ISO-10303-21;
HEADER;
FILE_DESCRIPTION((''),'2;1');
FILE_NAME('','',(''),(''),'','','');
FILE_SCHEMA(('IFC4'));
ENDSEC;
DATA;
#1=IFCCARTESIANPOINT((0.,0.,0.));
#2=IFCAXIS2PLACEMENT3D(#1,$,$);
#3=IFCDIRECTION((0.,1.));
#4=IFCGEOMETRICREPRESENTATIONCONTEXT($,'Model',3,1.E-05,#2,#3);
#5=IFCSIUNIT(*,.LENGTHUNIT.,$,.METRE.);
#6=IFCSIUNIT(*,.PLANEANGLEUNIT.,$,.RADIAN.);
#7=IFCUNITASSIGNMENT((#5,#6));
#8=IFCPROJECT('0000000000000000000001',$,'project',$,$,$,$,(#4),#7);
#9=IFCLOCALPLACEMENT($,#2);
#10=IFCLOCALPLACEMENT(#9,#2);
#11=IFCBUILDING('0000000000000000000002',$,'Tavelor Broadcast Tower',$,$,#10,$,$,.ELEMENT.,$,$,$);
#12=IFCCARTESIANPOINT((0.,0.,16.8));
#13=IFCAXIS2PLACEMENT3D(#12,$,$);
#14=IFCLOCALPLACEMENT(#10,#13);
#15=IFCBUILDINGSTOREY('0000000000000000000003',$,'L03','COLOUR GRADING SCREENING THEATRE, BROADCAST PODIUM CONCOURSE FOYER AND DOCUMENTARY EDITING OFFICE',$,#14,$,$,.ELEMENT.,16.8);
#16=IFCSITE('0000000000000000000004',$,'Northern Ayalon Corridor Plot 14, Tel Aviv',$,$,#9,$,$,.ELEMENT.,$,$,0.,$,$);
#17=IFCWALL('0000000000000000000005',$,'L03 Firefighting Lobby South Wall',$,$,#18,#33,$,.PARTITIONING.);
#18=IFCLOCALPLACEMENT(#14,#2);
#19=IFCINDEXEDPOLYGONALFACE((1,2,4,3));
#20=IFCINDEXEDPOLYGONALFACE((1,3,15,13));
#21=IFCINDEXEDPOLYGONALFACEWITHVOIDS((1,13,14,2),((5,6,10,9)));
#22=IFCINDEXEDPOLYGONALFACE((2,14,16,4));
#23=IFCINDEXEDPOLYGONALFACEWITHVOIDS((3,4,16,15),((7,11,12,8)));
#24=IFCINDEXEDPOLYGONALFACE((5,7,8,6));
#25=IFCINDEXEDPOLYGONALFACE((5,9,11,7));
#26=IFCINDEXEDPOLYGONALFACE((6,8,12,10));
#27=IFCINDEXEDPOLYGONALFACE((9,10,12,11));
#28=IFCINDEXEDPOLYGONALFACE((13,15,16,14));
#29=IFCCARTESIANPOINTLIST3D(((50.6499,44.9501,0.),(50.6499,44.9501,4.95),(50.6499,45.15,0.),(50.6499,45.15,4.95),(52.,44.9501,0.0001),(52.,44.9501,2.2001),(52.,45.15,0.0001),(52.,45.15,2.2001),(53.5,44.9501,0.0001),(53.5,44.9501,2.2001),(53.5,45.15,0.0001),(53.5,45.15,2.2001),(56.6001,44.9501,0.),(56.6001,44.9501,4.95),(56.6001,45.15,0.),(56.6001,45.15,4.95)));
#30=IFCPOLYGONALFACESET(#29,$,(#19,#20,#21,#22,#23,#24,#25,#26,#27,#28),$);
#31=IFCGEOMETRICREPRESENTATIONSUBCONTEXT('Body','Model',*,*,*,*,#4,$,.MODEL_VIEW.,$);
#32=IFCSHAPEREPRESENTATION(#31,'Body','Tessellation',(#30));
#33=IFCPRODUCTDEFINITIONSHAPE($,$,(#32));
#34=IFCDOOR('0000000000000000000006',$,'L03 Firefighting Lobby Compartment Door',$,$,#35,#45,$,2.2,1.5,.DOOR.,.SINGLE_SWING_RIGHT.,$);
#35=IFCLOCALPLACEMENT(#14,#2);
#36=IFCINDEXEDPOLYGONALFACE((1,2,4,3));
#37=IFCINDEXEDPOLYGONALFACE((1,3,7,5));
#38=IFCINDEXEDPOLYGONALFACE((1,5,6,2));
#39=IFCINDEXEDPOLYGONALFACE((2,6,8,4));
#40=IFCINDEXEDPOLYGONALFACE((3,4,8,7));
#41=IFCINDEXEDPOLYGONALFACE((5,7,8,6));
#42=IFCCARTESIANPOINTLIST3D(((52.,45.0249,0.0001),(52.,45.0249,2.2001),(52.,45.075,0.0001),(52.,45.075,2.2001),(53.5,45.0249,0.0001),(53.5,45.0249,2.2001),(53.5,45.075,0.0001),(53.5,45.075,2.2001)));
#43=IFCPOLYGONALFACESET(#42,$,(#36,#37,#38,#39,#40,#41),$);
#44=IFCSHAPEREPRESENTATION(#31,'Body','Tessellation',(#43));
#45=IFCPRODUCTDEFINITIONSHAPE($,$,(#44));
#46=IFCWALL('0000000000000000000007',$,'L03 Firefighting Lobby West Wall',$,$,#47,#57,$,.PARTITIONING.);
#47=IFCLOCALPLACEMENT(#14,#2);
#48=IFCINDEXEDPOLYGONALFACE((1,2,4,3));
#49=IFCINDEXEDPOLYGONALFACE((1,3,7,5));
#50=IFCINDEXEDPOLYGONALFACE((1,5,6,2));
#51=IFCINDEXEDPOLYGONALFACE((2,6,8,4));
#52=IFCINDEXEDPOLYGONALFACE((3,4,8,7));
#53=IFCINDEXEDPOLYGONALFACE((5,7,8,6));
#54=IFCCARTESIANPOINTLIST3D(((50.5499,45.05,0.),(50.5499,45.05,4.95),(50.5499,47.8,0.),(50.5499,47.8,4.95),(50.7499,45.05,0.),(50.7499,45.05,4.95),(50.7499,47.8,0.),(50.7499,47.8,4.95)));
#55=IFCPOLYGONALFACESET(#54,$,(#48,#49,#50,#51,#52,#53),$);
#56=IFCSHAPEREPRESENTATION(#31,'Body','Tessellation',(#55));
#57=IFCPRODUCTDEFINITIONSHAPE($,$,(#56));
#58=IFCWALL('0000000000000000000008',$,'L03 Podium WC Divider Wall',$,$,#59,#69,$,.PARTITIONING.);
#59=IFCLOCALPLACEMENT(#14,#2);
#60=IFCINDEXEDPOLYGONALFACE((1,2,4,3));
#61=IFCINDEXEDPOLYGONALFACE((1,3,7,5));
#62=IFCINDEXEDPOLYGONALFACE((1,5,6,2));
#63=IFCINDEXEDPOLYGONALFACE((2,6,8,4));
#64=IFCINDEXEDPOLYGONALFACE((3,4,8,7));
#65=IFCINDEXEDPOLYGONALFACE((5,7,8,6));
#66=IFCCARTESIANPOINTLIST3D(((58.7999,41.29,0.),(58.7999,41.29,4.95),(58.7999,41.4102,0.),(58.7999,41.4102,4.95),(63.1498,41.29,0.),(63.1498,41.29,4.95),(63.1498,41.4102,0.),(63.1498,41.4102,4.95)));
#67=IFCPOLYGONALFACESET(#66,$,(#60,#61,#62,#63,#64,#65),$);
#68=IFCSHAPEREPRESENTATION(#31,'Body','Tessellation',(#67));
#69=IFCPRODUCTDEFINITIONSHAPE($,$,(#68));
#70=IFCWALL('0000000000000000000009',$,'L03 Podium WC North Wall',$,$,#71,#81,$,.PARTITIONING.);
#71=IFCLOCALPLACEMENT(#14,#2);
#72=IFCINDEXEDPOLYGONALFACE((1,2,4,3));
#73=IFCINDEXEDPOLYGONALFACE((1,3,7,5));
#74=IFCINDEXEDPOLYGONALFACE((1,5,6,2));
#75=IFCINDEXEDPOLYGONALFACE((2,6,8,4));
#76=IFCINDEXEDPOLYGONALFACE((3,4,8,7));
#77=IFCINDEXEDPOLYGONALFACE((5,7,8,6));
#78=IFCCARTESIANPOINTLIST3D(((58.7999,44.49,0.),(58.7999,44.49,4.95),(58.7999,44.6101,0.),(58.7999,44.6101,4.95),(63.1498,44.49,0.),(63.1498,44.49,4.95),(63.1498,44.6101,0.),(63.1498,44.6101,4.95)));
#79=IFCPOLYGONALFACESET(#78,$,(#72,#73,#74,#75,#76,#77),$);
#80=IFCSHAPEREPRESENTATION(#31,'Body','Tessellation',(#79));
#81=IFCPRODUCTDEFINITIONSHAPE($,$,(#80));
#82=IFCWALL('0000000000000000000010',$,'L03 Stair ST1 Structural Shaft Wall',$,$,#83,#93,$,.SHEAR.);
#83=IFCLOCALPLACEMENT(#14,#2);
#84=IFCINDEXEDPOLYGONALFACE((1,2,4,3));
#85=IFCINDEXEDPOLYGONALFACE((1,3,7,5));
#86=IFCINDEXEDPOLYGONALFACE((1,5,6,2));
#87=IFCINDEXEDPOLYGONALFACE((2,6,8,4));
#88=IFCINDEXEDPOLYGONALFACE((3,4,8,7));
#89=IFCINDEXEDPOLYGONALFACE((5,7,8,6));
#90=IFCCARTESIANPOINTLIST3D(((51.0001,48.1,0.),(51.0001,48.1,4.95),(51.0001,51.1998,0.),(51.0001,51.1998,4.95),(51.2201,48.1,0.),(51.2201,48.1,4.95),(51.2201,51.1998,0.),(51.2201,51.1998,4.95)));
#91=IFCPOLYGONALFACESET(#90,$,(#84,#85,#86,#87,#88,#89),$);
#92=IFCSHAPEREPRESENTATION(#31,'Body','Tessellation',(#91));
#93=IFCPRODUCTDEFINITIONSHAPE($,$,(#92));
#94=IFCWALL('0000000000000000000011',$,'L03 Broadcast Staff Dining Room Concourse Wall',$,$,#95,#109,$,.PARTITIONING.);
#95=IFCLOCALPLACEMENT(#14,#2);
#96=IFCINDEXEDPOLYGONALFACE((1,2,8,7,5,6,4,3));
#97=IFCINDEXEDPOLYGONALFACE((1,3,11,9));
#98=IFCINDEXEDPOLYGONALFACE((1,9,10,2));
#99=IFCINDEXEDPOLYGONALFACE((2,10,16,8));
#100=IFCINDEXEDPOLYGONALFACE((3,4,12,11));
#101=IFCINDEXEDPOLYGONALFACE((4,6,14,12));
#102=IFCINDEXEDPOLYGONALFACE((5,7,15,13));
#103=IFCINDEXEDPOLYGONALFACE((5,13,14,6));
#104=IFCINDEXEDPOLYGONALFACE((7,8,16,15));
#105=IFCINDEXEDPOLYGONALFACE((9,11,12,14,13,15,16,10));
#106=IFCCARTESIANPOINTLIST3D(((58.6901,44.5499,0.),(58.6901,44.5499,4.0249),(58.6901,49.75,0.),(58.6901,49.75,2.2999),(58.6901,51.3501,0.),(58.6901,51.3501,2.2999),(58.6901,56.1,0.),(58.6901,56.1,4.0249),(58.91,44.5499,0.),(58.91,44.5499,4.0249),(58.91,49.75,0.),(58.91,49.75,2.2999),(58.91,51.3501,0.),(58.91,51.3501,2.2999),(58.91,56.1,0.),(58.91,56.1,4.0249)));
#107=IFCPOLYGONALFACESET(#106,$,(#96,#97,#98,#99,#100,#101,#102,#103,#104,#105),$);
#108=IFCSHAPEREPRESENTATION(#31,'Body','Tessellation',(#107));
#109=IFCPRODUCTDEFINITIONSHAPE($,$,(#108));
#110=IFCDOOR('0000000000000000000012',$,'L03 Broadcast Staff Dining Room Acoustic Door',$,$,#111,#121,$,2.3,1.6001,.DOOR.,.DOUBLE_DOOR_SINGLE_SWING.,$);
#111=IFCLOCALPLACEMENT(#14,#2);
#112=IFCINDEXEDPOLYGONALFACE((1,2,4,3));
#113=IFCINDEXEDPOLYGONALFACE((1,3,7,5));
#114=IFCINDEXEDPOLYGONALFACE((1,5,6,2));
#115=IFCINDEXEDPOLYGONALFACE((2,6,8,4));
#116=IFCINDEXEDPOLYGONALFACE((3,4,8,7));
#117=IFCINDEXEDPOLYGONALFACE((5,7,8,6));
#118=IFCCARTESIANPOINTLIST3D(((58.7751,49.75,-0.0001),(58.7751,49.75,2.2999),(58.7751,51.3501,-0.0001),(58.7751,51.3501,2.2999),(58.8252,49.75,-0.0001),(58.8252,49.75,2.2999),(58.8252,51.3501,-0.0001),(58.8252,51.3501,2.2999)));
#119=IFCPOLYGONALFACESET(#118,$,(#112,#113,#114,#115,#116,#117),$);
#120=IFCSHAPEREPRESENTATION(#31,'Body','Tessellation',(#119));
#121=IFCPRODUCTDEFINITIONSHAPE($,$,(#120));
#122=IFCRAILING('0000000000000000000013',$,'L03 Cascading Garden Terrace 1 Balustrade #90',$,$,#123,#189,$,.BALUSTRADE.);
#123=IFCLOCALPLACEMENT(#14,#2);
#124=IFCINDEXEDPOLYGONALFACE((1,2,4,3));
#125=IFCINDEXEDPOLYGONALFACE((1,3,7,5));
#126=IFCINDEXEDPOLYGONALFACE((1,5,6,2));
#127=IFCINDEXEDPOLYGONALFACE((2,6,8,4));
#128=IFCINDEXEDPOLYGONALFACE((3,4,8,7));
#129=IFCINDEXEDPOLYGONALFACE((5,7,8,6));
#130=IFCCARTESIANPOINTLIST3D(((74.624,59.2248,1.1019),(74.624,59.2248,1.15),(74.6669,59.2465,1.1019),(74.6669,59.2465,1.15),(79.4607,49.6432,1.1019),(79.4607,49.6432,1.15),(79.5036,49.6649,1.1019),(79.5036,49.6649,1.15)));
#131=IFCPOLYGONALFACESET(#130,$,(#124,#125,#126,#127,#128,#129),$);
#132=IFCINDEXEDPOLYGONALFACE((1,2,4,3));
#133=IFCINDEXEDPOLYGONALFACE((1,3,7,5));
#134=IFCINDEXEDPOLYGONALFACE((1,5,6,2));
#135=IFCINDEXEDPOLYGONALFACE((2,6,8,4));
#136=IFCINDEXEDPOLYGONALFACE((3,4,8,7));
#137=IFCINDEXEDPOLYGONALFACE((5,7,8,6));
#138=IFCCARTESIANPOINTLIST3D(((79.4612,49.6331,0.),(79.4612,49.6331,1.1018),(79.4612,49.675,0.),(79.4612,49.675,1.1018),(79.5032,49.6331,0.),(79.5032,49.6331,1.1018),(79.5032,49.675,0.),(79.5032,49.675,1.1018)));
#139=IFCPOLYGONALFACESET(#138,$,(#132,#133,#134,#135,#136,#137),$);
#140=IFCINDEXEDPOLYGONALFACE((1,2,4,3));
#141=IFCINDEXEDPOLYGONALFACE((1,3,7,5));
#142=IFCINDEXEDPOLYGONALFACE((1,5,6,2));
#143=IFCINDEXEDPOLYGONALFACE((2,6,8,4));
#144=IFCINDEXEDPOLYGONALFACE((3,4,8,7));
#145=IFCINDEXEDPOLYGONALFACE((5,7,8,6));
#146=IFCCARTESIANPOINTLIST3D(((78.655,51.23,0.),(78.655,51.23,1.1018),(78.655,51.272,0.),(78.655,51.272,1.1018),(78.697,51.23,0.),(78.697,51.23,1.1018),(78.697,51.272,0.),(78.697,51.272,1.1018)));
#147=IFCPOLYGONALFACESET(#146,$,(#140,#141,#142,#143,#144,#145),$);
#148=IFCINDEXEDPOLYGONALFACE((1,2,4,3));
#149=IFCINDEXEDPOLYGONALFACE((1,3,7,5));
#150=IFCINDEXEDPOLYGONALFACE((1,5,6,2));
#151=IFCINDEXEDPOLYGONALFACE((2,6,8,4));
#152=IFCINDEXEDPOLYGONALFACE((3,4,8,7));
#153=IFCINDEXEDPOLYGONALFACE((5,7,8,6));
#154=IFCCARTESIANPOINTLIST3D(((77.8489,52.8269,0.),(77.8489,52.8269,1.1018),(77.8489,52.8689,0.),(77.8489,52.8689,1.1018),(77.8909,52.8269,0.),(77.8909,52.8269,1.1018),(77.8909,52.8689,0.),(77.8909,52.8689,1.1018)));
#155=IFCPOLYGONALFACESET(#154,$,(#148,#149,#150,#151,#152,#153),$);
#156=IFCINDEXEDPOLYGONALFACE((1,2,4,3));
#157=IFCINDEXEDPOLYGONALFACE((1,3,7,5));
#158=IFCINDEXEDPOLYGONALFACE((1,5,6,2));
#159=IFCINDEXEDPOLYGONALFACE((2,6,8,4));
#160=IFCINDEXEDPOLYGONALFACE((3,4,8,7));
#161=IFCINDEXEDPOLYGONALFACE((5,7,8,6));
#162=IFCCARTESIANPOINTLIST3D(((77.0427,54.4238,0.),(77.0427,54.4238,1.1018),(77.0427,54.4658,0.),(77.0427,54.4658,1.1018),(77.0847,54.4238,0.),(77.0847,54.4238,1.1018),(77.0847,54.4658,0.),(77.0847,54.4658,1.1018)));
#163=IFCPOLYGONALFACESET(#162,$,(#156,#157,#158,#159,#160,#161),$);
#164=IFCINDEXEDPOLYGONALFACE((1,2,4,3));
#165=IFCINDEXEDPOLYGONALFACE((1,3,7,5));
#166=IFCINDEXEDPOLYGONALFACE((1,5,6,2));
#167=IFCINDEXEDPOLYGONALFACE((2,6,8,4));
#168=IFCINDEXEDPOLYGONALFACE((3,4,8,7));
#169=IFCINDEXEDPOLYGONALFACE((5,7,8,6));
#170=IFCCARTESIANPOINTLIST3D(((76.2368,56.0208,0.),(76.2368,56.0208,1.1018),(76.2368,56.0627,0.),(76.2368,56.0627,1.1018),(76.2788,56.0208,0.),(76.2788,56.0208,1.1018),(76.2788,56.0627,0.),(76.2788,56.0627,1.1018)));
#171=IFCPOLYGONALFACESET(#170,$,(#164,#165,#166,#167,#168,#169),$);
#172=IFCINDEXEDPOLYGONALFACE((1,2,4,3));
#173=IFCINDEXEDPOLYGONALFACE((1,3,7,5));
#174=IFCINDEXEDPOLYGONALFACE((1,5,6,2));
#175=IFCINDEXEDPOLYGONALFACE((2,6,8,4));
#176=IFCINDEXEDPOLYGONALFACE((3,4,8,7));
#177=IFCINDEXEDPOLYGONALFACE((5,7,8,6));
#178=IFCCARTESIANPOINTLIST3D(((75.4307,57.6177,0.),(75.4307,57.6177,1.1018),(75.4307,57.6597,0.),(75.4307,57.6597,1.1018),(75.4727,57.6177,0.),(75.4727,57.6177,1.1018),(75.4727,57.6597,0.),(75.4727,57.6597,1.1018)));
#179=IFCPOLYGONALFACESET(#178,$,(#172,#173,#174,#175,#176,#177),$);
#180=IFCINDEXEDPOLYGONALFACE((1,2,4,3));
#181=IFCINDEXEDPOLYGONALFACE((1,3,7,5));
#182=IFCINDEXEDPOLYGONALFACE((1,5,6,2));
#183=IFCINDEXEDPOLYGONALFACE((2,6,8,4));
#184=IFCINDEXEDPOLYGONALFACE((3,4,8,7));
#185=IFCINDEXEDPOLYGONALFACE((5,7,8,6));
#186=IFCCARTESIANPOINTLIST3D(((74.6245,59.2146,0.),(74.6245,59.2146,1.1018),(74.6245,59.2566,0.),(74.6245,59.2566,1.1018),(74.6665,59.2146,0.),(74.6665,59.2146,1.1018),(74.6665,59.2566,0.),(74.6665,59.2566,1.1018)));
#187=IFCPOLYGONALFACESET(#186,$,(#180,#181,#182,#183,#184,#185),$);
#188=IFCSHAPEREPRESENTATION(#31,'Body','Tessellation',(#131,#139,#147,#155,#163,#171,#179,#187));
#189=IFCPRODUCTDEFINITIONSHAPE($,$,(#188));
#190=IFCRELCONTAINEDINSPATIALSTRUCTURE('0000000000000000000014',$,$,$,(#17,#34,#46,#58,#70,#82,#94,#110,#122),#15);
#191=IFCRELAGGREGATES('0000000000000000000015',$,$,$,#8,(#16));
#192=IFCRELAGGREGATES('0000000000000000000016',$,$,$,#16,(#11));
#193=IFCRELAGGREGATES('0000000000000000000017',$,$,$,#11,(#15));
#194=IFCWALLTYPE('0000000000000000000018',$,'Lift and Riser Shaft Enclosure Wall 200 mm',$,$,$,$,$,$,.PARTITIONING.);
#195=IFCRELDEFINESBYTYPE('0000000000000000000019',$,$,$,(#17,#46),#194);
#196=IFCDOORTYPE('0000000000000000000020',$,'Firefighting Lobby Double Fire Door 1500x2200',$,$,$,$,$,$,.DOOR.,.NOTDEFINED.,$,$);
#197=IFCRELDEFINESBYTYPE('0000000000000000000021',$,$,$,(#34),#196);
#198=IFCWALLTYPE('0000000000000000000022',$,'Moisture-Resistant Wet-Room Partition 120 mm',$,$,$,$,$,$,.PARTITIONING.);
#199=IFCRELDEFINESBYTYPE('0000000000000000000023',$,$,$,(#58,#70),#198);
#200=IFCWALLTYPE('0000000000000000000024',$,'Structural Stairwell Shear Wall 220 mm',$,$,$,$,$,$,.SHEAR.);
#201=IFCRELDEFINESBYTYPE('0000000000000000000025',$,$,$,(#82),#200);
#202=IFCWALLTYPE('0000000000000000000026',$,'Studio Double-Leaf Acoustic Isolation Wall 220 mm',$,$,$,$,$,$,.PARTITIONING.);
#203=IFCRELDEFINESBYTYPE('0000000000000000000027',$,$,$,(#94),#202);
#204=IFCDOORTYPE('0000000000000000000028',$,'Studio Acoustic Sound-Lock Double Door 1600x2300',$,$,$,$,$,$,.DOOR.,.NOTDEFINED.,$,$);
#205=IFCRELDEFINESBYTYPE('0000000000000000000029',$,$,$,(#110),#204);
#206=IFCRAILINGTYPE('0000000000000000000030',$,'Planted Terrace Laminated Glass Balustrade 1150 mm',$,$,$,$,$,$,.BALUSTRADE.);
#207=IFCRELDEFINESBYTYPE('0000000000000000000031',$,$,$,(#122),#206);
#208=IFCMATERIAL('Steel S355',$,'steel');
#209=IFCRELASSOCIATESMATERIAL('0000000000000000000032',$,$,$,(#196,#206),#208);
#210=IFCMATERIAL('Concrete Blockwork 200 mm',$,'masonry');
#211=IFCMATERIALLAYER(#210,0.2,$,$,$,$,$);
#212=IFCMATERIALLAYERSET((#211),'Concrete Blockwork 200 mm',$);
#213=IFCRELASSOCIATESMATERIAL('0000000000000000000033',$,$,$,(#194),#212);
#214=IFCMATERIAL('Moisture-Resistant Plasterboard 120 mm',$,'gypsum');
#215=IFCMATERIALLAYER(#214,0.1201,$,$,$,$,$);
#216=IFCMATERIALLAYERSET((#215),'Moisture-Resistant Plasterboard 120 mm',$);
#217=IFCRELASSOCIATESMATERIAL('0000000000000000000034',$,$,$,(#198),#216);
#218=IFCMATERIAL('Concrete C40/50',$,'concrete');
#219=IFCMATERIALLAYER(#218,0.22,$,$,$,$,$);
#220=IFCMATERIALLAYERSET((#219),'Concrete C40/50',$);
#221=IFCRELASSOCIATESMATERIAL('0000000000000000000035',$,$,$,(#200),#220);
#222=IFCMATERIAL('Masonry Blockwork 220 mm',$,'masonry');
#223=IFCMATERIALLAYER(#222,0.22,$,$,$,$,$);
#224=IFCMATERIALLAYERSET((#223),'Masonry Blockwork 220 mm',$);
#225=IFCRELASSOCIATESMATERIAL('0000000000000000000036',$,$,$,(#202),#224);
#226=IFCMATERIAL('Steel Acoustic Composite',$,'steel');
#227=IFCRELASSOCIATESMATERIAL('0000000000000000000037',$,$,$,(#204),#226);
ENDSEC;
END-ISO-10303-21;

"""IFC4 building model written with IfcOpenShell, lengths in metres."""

from ifc_helpers import new_model, si_unit, direction, frame, frame_2d, origin, origin_2d, place, context, subcontext, project, spatial, rectangle, extrude, material, layer, layer_set, type_object, element, fill, save


model = new_model("IFC4")

# Units and contexts
model_context = context("Model", 3, precision=1e-05, world=origin(), true_north=direction((0.0, 1.0)))
body_context = subcontext(model_context, "Body", "Model", "MODEL_VIEW")
ifc_project = project(units=[si_unit("LENGTHUNIT", "METRE"), si_unit("PLANEANGLEUNIT", "RADIAN")], contexts=[model_context])

# Site, building, storey
site_placement = place(None, origin())
site = spatial("IfcSite", under=ifc_project, at=site_placement, Name="Northern Ayalon Corridor Plot 14, Tel Aviv", CompositionType="ELEMENT", RefElevation=0.0)
building_placement = place(site_placement, origin())
building = spatial("IfcBuilding", under=site, at=building_placement, Name="Tavelor Broadcast Tower", CompositionType="ELEMENT")
storey_placement = place(building_placement, frame((0.0, 0.0, 16.8)))
storey = spatial("IfcBuildingStorey", under=building, at=storey_placement, Name="L03", Description="COLOUR GRADING SCREENING THEATRE, BROADCAST PODIUM CONCOURSE FOYER AND DOCUMENTARY EDITING OFFICE", CompositionType="ELEMENT", Elevation=16.8)

# Shared definitions
ifc_material_1 = material(Name="Concrete C40/50", Category="concrete")
ifc_material_2 = material(Name="Steel S355", Category="steel")

# Shared definitions
door_type_1 = type_object("IfcDoorType", Name="Firefighting Lobby Double Fire Door 1500x2200", OperationType="NOTDEFINED", PredefinedType="DOOR", material=ifc_material_2)

# Shared definitions
ifc_material_3 = material(Name="Concrete Blockwork 200 mm", Category="masonry")

# Wall, opening, door
ifc_layer_1 = layer(ifc_material_3, 0.2)
ifc_layer_set_1 = layer_set([ifc_layer_1], Name="Concrete Blockwork 200 mm")
wall_type_1 = type_object("IfcWallType", Name="Lift and Riser Shaft Enclosure Wall 200 mm", PredefinedType="PARTITIONING", material=ifc_layer_set_1)
wall_1_placement = place(storey_placement, frame((50.6499, 45.05, 0.0), z_axis=(0.0, 0.0, 1.0), x_axis=(1.0, 0.0, 0.0)))
wall_1 = element("IfcWall", 1, at=wall_1_placement, inside=storey, type_object=wall_type_1, Name="L03 Firefighting Lobby South Wall", PredefinedType="PARTITIONING", context=body_context, shape_type="SweptSolid", body=[
    extrude(rectangle(XDim=5.9502, YDim=0.2, at=frame_2d((2.9751, 0.0))), origin(), (0.0, 0.0, 1.0), 4.95),
])
opening_1_placement = place(wall_1_placement, frame((1.3501, 0.0, 0.0)))
opening_1 = element("IfcOpeningElement", 2, at=opening_1_placement, cuts=wall_1, PredefinedType="OPENING", context=body_context, shape_type="SweptSolid", body=[
    extrude(rectangle(XDim=1.5, YDim=2.2, at=frame_2d((0.75, 1.1001))), frame((0.0, 0.1099, 0.0), z_axis=(0.0, -1.0, 0.0), x_axis=(1.0, 0.0, 0.0)), (0.0, 0.0, 1.0), 0.22),
])
door_1_placement = place(opening_1_placement, origin())
door_1 = element("IfcDoor", 3, at=door_1_placement, inside=storey, type_object=door_type_1, Name="L03 Firefighting Lobby Compartment Door", OperationType="SINGLE_SWING_RIGHT", OverallHeight=2.2, OverallWidth=1.5, PredefinedType="DOOR", context=body_context, shape_type="SweptSolid", body=[
    extrude(rectangle(XDim=1.5, YDim=2.2, at=frame_2d((0.75, 1.1001))), frame((0.0, 0.0249, 0.0), z_axis=(0.0, -1.0, 0.0), x_axis=(1.0, 0.0, 0.0)), (0.0, 0.0, 1.0), 0.05),
])
fill(opening_1, door_1)

# Walls
wall_2_placement = place(storey_placement, frame((50.6499, 45.05, 0.0), z_axis=(0.0, 0.0, 1.0), x_axis=(0.0, 1.0, 0.0)))
element("IfcWall", 4, at=wall_2_placement, inside=storey, type_object=wall_type_1, Name="L03 Firefighting Lobby West Wall", PredefinedType="PARTITIONING", context=body_context, shape_type="SweptSolid", body=[
    extrude(rectangle(XDim=2.75, YDim=0.2, at=frame_2d((1.375, 0.0))), origin(), (0.0, 0.0, 1.0), 4.95),
])
ifc_material_4 = material(Name="Moisture-Resistant Plasterboard 120 mm", Category="gypsum")
ifc_layer_2 = layer(ifc_material_4, 0.1201)
ifc_layer_set_2 = layer_set([ifc_layer_2], Name="Moisture-Resistant Plasterboard 120 mm")
wall_type_2 = type_object("IfcWallType", Name="Moisture-Resistant Wet-Room Partition 120 mm", PredefinedType="PARTITIONING", material=ifc_layer_set_2)
for number, where, z_axis, x_axis, name in (
    (5, (58.8, 41.3501, 0.0), (0.0, 0.0, 1.0), (1.0, 0.0, 0.0), "L03 Podium WC Divider Wall"),
    (6, (58.8, 44.55, 0.0), (0.0, 0.0, 1.0), (1.0, 0.0, 0.0), "L03 Podium WC North Wall"),
):
    element("IfcWall", number, at=place(storey_placement, frame(where, z_axis=z_axis, x_axis=x_axis)), inside=storey, type_object=wall_type_2, Name=name, PredefinedType="PARTITIONING", context=body_context, shape_type="SweptSolid", body=[
        extrude(rectangle(XDim=4.3499, YDim=0.1201, at=frame_2d((2.1748, 0.0))), origin(), (0.0, 0.0, 1.0), 4.95),
    ])
ifc_layer_3 = layer(ifc_material_1, 0.22)
ifc_layer_set_3 = layer_set([ifc_layer_3], Name="Concrete C40/50")
wall_type_3 = type_object("IfcWallType", Name="Structural Stairwell Shear Wall 220 mm", PredefinedType="SHEAR", material=ifc_layer_set_3)
wall_3_placement = place(storey_placement, frame((51.1101, 48.1001, 0.0), z_axis=(0.0, 0.0, 1.0), x_axis=(0.0, 1.0, 0.0)))
element("IfcWall", 7, at=wall_3_placement, inside=storey, type_object=wall_type_3, Name="L03 Stair ST1 Structural Shaft Wall", PredefinedType="SHEAR", context=body_context, shape_type="SweptSolid", body=[
    extrude(rectangle(XDim=3.0999, YDim=0.22, at=frame_2d((1.5498, 0.0))), origin(), (0.0, 0.0, 1.0), 4.95),
])

# Wall, opening, door
ifc_material_5 = material(Name="Masonry Blockwork 220 mm", Category="masonry")
ifc_layer_4 = layer(ifc_material_5, 0.22)
ifc_layer_set_4 = layer_set([ifc_layer_4], Name="Masonry Blockwork 220 mm")
wall_type_4 = type_object("IfcWallType", Name="Studio Double-Leaf Acoustic Isolation Wall 220 mm", PredefinedType="PARTITIONING", material=ifc_layer_set_4)
wall_4_placement = place(storey_placement, frame((58.8, 44.55, 0.0), z_axis=(0.0, 0.0, 1.0), x_axis=(0.0, 1.0, 0.0)))
wall_4 = element("IfcWall", 8, at=wall_4_placement, inside=storey, type_object=wall_type_4, Name="L03 Broadcast Staff Dining Room Concourse Wall", PredefinedType="PARTITIONING", context=body_context, shape_type="SweptSolid", body=[
    extrude(rectangle(XDim=11.55, YDim=0.22, at=frame_2d((5.7749, 0.0))), origin(), (0.0, 0.0, 1.0), 4.0249),
])
opening_2_placement = place(wall_4_placement, frame((5.2, 0.0, 0.0)))
opening_2 = element("IfcOpeningElement", 9, at=opening_2_placement, cuts=wall_4, PredefinedType="OPENING", context=body_context, shape_type="SweptSolid", body=[
    extrude(rectangle(XDim=1.6001, YDim=2.3, at=frame_2d((0.8, 1.1499))), frame((0.0, 0.1201, 0.0), z_axis=(0.0, -1.0, 0.0), x_axis=(1.0, 0.0, 0.0)), (0.0, 0.0, 1.0), 0.24),
])
ifc_material_6 = material(Name="Steel Acoustic Composite", Category="steel")
door_type_2 = type_object("IfcDoorType", Name="Studio Acoustic Sound-Lock Double Door 1600x2300", OperationType="NOTDEFINED", PredefinedType="DOOR", material=ifc_material_6)
door_2_placement = place(opening_2_placement, origin())
door_2 = element("IfcDoor", 10, at=door_2_placement, inside=storey, type_object=door_type_2, Name="L03 Broadcast Staff Dining Room Acoustic Door", OperationType="DOUBLE_DOOR_SINGLE_SWING", OverallHeight=2.3, OverallWidth=1.6001, PredefinedType="DOOR", context=body_context, shape_type="SweptSolid", body=[
    extrude(rectangle(XDim=1.6001, YDim=2.3, at=frame_2d((0.8, 1.1499))), frame((0.0, 0.0249, 0.0), z_axis=(0.0, -1.0, 0.0), x_axis=(1.0, 0.0, 0.0)), (0.0, 0.0, 1.0), 0.05),
])
fill(opening_2, door_2)

# Railing
railing_type = type_object("IfcRailingType", Name="Planted Terrace Laminated Glass Balustrade 1150 mm", PredefinedType="BALUSTRADE", material=ifc_material_2)
railing_placement = place(storey_placement, frame((79.4822, 49.6541, 0.0)))
element("IfcRailing", 11, at=railing_placement, inside=storey, type_object=railing_type, Name="L03 Cascading Garden Terrace 1 Balustrade #90", PredefinedType="BALUSTRADE", context=body_context, shape_type="SweptSolid", body=[
    extrude(rectangle(XDim=0.0481, YDim=0.0481, at=origin_2d()), frame((0.0, 0.0, 1.126), z_axis=(-0.450631, 0.89271, 0.0), x_axis=(-0.89271, -0.450631, 0.0)), (0.0, 0.0, 1.0), 10.7332),
    extrude(rectangle(XDim=0.042, YDim=0.042, at=origin_2d()), origin(), (0.0, 0.0, 1.0), 1.1018),
    extrude(rectangle(XDim=0.042, YDim=0.042, at=origin_2d()), frame((-0.8062, 1.5969, 0.0)), (0.0, 0.0, 1.0), 1.1018),
    extrude(rectangle(XDim=0.042, YDim=0.042, at=origin_2d()), frame((-1.6123, 3.1938, 0.0)), (0.0, 0.0, 1.0), 1.1018),
    extrude(rectangle(XDim=0.042, YDim=0.042, at=origin_2d()), frame((-2.4185, 4.7908, 0.0)), (0.0, 0.0, 1.0), 1.1018),
    extrude(rectangle(XDim=0.042, YDim=0.042, at=origin_2d()), frame((-3.2244, 6.3877, 0.0)), (0.0, 0.0, 1.0), 1.1018),
    extrude(rectangle(XDim=0.042, YDim=0.042, at=origin_2d()), frame((-4.0305, 7.9846, 0.0)), (0.0, 0.0, 1.0), 1.1018),
    extrude(rectangle(XDim=0.042, YDim=0.042, at=origin_2d()), frame((-4.8367, 9.5815, 0.0)), (0.0, 0.0, 1.0), 1.1018),
])

save(model, "model.ifc")
